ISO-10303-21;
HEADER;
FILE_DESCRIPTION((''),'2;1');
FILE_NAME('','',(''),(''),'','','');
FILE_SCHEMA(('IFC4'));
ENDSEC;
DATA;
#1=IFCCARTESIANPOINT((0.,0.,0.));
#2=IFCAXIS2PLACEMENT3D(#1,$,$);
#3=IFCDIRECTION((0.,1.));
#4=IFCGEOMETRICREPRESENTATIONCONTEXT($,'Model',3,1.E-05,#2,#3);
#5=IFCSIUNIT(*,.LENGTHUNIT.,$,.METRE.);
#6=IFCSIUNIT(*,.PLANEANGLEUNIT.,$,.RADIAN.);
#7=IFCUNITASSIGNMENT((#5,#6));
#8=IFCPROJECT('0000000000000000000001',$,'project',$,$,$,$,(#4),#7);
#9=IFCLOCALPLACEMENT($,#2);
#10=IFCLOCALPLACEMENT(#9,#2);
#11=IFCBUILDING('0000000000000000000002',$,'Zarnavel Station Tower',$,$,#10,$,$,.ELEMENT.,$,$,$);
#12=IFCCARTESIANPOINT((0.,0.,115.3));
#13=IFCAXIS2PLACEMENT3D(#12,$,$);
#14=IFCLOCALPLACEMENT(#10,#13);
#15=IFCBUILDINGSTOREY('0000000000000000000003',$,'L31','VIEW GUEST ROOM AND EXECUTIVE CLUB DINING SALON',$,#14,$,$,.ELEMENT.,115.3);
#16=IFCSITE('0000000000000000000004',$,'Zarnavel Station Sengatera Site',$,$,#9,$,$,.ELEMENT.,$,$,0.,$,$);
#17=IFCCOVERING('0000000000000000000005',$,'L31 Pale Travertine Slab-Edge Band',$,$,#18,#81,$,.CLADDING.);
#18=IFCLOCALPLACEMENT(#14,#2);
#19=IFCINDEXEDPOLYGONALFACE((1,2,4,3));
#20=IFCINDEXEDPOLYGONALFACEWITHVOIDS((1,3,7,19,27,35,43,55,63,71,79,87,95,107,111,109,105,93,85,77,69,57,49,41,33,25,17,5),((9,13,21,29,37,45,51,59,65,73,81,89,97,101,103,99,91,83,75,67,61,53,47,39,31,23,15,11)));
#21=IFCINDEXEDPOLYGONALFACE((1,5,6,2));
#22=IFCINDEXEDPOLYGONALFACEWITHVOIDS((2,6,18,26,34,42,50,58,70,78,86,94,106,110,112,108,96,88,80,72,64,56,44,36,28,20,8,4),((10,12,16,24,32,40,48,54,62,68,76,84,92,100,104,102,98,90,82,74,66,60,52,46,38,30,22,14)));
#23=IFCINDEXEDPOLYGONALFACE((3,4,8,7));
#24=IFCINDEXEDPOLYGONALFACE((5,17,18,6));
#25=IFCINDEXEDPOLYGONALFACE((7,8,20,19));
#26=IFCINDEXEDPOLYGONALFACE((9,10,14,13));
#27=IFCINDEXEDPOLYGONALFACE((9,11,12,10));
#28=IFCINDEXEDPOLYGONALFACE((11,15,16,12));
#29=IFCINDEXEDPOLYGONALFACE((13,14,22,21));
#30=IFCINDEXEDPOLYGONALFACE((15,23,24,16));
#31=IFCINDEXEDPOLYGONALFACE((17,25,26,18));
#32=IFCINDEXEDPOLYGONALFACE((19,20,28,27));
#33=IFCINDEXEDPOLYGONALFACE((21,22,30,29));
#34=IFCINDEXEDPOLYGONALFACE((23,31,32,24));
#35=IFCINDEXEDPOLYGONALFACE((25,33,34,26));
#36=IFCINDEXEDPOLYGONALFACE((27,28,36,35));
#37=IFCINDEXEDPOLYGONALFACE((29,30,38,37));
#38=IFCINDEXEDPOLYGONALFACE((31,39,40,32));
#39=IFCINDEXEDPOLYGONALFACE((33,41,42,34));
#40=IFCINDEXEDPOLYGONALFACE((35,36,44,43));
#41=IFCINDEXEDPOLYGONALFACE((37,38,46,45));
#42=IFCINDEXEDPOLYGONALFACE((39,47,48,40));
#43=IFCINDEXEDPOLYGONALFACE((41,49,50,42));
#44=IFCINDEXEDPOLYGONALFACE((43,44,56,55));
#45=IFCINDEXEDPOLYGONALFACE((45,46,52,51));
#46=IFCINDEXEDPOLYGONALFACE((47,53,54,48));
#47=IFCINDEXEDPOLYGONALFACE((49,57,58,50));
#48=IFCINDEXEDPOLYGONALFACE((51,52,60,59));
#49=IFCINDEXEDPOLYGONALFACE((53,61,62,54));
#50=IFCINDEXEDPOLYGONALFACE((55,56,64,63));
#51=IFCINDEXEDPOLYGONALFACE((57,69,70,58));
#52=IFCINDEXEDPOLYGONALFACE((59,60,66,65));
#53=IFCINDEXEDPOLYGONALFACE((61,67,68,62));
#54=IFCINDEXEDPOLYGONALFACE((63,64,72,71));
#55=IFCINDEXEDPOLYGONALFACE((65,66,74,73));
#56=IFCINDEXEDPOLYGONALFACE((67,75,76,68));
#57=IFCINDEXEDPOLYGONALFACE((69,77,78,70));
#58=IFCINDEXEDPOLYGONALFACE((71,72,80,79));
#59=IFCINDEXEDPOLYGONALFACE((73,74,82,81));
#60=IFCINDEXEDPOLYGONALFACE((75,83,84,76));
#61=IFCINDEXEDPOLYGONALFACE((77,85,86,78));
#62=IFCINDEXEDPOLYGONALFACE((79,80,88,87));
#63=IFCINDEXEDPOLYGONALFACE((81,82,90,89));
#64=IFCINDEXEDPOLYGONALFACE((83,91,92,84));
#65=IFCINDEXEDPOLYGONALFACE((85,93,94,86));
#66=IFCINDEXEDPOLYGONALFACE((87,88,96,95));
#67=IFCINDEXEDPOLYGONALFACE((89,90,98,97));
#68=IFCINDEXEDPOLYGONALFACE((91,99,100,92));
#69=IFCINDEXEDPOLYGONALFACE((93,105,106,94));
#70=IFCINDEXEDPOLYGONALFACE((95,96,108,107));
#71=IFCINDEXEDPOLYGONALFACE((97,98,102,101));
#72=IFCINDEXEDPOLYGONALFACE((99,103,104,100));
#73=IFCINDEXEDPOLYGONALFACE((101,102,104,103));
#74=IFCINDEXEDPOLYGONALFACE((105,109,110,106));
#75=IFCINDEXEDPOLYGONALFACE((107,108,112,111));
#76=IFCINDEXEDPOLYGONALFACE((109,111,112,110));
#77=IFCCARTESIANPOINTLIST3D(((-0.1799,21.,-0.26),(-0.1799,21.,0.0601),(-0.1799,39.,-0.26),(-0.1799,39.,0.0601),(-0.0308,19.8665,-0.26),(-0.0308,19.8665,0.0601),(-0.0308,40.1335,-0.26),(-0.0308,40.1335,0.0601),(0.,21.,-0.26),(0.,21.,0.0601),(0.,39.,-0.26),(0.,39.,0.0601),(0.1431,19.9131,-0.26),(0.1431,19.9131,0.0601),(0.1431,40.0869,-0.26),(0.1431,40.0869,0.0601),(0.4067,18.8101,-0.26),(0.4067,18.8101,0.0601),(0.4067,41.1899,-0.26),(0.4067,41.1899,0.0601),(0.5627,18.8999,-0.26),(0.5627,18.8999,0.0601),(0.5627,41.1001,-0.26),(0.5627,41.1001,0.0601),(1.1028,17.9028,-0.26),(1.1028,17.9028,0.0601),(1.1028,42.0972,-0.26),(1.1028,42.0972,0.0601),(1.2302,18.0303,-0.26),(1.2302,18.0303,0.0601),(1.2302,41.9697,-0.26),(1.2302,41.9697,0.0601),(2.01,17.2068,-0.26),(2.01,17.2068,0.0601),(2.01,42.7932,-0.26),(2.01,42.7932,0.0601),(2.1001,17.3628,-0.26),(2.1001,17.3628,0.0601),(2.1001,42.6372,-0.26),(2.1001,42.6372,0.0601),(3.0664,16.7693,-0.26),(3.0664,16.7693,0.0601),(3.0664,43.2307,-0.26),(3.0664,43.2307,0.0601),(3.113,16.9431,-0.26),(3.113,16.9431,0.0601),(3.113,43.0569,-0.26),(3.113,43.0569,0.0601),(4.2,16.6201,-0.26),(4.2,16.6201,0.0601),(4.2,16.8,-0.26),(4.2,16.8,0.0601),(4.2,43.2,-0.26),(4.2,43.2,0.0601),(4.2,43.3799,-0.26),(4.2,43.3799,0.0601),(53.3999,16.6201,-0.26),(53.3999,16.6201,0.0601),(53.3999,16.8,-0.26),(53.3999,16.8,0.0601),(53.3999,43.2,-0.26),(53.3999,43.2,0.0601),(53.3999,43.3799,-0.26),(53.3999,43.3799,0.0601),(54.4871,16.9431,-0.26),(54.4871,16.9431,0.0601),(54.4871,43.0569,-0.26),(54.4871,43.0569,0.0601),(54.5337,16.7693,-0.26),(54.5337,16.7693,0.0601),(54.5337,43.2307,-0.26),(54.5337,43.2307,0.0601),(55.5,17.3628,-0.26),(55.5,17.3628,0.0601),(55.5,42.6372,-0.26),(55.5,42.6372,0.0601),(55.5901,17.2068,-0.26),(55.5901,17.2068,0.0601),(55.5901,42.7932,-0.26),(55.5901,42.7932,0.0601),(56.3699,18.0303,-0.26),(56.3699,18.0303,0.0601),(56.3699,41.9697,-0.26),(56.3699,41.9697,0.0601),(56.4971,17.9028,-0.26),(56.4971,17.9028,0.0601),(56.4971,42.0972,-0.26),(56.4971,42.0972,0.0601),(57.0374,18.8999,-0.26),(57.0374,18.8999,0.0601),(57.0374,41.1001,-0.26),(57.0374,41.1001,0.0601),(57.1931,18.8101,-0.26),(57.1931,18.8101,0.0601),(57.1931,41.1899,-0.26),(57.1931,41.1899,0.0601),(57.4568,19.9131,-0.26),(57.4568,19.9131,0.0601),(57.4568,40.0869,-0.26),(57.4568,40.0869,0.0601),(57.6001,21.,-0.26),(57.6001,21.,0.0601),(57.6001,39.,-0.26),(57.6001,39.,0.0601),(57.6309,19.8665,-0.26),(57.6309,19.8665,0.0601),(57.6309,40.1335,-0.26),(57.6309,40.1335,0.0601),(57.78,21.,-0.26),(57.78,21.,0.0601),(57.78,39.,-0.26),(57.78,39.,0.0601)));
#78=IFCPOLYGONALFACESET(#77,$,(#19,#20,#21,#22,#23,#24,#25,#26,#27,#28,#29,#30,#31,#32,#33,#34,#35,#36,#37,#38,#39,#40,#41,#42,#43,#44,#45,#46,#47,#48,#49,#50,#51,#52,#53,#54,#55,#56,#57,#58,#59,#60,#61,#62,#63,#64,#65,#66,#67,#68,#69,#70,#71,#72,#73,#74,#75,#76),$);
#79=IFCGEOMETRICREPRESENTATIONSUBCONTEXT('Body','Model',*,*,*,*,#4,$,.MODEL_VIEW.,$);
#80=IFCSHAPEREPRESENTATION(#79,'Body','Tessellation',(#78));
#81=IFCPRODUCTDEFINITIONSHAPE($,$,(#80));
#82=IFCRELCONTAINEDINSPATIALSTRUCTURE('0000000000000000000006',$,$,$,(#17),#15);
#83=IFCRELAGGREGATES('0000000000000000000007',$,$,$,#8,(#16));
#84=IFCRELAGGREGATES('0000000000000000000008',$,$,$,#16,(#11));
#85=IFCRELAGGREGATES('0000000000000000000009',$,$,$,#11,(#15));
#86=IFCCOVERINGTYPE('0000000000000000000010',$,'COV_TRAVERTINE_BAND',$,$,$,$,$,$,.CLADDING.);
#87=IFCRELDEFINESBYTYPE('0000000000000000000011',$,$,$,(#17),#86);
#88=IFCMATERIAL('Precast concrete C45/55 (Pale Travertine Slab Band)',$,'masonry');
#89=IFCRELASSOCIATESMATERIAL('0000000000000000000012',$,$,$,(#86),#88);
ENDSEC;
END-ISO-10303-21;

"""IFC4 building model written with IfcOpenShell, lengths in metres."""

from ifc_helpers import new_model, si_unit, direction, frame, origin, place, context, subcontext, project, spatial, polyline, outline, extrude, material, type_object, element, save


model = new_model("IFC4")

# Units and contexts
model_context = context("Model", 3, precision=1e-05, world=origin(), true_north=direction((0.0, 1.0)))
body_context = subcontext(model_context, "Body", "Model", "MODEL_VIEW")
ifc_project = project(units=[si_unit("LENGTHUNIT", "METRE"), si_unit("PLANEANGLEUNIT", "RADIAN")], contexts=[model_context])

# Site, building, storey
site_placement = place(None, origin())
site = spatial("IfcSite", under=ifc_project, at=site_placement, Name="Zarnavel Station Sengatera Site", CompositionType="ELEMENT", RefElevation=0.0)
building_placement = place(site_placement, origin())
building = spatial("IfcBuilding", under=site, at=building_placement, Name="Zarnavel Station Tower", CompositionType="ELEMENT")
storey_placement = place(building_placement, frame((0.0, 0.0, 115.3)))
storey = spatial("IfcBuildingStorey", under=building, at=storey_placement, Name="L31", Description="VIEW GUEST ROOM AND EXECUTIVE CLUB DINING SALON", CompositionType="ELEMENT", Elevation=115.3)

# Covering
ifc_material_1 = material(Name="Precast concrete C45/55 (Pale Travertine Slab Band)", Category="masonry")
covering_type_1 = type_object("IfcCoveringType", Name="COV_TRAVERTINE_BAND", PredefinedType="CLADDING", material=ifc_material_1)
covering_1_placement = place(storey_placement, frame((0.0, 0.0, -0.26)))
element("IfcCovering", 1, at=covering_1_placement, inside=storey, type_object=covering_type_1, Name="L31 Pale Travertine Slab-Edge Band", PredefinedType="CLADDING", context=body_context, shape_type="SweptSolid", body=[
    extrude(outline(polyline([(53.3999, 16.6201), (54.5337, 16.7693), (55.5901, 17.2068), (56.4971, 17.9028), (57.1931, 18.8101), (57.6309, 19.8665), (57.78, 21.0), (57.78, 39.0), (57.6309, 40.1335), (57.1931, 41.1899), (56.4971, 42.0972), (55.5901, 42.7932), (54.5337, 43.2307), (53.3999, 43.3799), (4.2, 43.3799), (3.0664, 43.2307), (2.01, 42.7932), (1.1028, 42.0972), (0.4067, 41.1899), (-0.0308, 40.1335), (-0.1799, 39.0), (-0.1799, 21.0), (-0.0308, 19.8665), (0.4067, 18.8101), (1.1028, 17.9028), (2.01, 17.2068), (3.0664, 16.7693), (4.2, 16.6201), (53.3999, 16.6201)]), holes=[polyline([(53.3999, 16.8), (54.4871, 16.9431), (55.5, 17.3628), (56.3699, 18.0303), (57.0374, 18.8999), (57.4568, 19.9131), (57.6001, 21.0), (57.6001, 39.0), (57.4568, 40.0869), (57.0374, 41.1001), (56.3699, 41.9697), (55.5, 42.6372), (54.4871, 43.0569), (53.3999, 43.2), (4.2, 43.2), (3.113, 43.0569), (2.1001, 42.6372), (1.2302, 41.9697), (0.5627, 41.1001), (0.1431, 40.0869), (0.0, 39.0), (0.0, 21.0), (0.1431, 19.9131), (0.5627, 18.8999), (1.2302, 18.0303), (2.1001, 17.3628), (3.113, 16.9431), (4.2, 16.8), (53.3999, 16.8)])]), origin(), (0.0, 0.0, 1.0), 0.3201),
])

save(model, "model.ifc")
